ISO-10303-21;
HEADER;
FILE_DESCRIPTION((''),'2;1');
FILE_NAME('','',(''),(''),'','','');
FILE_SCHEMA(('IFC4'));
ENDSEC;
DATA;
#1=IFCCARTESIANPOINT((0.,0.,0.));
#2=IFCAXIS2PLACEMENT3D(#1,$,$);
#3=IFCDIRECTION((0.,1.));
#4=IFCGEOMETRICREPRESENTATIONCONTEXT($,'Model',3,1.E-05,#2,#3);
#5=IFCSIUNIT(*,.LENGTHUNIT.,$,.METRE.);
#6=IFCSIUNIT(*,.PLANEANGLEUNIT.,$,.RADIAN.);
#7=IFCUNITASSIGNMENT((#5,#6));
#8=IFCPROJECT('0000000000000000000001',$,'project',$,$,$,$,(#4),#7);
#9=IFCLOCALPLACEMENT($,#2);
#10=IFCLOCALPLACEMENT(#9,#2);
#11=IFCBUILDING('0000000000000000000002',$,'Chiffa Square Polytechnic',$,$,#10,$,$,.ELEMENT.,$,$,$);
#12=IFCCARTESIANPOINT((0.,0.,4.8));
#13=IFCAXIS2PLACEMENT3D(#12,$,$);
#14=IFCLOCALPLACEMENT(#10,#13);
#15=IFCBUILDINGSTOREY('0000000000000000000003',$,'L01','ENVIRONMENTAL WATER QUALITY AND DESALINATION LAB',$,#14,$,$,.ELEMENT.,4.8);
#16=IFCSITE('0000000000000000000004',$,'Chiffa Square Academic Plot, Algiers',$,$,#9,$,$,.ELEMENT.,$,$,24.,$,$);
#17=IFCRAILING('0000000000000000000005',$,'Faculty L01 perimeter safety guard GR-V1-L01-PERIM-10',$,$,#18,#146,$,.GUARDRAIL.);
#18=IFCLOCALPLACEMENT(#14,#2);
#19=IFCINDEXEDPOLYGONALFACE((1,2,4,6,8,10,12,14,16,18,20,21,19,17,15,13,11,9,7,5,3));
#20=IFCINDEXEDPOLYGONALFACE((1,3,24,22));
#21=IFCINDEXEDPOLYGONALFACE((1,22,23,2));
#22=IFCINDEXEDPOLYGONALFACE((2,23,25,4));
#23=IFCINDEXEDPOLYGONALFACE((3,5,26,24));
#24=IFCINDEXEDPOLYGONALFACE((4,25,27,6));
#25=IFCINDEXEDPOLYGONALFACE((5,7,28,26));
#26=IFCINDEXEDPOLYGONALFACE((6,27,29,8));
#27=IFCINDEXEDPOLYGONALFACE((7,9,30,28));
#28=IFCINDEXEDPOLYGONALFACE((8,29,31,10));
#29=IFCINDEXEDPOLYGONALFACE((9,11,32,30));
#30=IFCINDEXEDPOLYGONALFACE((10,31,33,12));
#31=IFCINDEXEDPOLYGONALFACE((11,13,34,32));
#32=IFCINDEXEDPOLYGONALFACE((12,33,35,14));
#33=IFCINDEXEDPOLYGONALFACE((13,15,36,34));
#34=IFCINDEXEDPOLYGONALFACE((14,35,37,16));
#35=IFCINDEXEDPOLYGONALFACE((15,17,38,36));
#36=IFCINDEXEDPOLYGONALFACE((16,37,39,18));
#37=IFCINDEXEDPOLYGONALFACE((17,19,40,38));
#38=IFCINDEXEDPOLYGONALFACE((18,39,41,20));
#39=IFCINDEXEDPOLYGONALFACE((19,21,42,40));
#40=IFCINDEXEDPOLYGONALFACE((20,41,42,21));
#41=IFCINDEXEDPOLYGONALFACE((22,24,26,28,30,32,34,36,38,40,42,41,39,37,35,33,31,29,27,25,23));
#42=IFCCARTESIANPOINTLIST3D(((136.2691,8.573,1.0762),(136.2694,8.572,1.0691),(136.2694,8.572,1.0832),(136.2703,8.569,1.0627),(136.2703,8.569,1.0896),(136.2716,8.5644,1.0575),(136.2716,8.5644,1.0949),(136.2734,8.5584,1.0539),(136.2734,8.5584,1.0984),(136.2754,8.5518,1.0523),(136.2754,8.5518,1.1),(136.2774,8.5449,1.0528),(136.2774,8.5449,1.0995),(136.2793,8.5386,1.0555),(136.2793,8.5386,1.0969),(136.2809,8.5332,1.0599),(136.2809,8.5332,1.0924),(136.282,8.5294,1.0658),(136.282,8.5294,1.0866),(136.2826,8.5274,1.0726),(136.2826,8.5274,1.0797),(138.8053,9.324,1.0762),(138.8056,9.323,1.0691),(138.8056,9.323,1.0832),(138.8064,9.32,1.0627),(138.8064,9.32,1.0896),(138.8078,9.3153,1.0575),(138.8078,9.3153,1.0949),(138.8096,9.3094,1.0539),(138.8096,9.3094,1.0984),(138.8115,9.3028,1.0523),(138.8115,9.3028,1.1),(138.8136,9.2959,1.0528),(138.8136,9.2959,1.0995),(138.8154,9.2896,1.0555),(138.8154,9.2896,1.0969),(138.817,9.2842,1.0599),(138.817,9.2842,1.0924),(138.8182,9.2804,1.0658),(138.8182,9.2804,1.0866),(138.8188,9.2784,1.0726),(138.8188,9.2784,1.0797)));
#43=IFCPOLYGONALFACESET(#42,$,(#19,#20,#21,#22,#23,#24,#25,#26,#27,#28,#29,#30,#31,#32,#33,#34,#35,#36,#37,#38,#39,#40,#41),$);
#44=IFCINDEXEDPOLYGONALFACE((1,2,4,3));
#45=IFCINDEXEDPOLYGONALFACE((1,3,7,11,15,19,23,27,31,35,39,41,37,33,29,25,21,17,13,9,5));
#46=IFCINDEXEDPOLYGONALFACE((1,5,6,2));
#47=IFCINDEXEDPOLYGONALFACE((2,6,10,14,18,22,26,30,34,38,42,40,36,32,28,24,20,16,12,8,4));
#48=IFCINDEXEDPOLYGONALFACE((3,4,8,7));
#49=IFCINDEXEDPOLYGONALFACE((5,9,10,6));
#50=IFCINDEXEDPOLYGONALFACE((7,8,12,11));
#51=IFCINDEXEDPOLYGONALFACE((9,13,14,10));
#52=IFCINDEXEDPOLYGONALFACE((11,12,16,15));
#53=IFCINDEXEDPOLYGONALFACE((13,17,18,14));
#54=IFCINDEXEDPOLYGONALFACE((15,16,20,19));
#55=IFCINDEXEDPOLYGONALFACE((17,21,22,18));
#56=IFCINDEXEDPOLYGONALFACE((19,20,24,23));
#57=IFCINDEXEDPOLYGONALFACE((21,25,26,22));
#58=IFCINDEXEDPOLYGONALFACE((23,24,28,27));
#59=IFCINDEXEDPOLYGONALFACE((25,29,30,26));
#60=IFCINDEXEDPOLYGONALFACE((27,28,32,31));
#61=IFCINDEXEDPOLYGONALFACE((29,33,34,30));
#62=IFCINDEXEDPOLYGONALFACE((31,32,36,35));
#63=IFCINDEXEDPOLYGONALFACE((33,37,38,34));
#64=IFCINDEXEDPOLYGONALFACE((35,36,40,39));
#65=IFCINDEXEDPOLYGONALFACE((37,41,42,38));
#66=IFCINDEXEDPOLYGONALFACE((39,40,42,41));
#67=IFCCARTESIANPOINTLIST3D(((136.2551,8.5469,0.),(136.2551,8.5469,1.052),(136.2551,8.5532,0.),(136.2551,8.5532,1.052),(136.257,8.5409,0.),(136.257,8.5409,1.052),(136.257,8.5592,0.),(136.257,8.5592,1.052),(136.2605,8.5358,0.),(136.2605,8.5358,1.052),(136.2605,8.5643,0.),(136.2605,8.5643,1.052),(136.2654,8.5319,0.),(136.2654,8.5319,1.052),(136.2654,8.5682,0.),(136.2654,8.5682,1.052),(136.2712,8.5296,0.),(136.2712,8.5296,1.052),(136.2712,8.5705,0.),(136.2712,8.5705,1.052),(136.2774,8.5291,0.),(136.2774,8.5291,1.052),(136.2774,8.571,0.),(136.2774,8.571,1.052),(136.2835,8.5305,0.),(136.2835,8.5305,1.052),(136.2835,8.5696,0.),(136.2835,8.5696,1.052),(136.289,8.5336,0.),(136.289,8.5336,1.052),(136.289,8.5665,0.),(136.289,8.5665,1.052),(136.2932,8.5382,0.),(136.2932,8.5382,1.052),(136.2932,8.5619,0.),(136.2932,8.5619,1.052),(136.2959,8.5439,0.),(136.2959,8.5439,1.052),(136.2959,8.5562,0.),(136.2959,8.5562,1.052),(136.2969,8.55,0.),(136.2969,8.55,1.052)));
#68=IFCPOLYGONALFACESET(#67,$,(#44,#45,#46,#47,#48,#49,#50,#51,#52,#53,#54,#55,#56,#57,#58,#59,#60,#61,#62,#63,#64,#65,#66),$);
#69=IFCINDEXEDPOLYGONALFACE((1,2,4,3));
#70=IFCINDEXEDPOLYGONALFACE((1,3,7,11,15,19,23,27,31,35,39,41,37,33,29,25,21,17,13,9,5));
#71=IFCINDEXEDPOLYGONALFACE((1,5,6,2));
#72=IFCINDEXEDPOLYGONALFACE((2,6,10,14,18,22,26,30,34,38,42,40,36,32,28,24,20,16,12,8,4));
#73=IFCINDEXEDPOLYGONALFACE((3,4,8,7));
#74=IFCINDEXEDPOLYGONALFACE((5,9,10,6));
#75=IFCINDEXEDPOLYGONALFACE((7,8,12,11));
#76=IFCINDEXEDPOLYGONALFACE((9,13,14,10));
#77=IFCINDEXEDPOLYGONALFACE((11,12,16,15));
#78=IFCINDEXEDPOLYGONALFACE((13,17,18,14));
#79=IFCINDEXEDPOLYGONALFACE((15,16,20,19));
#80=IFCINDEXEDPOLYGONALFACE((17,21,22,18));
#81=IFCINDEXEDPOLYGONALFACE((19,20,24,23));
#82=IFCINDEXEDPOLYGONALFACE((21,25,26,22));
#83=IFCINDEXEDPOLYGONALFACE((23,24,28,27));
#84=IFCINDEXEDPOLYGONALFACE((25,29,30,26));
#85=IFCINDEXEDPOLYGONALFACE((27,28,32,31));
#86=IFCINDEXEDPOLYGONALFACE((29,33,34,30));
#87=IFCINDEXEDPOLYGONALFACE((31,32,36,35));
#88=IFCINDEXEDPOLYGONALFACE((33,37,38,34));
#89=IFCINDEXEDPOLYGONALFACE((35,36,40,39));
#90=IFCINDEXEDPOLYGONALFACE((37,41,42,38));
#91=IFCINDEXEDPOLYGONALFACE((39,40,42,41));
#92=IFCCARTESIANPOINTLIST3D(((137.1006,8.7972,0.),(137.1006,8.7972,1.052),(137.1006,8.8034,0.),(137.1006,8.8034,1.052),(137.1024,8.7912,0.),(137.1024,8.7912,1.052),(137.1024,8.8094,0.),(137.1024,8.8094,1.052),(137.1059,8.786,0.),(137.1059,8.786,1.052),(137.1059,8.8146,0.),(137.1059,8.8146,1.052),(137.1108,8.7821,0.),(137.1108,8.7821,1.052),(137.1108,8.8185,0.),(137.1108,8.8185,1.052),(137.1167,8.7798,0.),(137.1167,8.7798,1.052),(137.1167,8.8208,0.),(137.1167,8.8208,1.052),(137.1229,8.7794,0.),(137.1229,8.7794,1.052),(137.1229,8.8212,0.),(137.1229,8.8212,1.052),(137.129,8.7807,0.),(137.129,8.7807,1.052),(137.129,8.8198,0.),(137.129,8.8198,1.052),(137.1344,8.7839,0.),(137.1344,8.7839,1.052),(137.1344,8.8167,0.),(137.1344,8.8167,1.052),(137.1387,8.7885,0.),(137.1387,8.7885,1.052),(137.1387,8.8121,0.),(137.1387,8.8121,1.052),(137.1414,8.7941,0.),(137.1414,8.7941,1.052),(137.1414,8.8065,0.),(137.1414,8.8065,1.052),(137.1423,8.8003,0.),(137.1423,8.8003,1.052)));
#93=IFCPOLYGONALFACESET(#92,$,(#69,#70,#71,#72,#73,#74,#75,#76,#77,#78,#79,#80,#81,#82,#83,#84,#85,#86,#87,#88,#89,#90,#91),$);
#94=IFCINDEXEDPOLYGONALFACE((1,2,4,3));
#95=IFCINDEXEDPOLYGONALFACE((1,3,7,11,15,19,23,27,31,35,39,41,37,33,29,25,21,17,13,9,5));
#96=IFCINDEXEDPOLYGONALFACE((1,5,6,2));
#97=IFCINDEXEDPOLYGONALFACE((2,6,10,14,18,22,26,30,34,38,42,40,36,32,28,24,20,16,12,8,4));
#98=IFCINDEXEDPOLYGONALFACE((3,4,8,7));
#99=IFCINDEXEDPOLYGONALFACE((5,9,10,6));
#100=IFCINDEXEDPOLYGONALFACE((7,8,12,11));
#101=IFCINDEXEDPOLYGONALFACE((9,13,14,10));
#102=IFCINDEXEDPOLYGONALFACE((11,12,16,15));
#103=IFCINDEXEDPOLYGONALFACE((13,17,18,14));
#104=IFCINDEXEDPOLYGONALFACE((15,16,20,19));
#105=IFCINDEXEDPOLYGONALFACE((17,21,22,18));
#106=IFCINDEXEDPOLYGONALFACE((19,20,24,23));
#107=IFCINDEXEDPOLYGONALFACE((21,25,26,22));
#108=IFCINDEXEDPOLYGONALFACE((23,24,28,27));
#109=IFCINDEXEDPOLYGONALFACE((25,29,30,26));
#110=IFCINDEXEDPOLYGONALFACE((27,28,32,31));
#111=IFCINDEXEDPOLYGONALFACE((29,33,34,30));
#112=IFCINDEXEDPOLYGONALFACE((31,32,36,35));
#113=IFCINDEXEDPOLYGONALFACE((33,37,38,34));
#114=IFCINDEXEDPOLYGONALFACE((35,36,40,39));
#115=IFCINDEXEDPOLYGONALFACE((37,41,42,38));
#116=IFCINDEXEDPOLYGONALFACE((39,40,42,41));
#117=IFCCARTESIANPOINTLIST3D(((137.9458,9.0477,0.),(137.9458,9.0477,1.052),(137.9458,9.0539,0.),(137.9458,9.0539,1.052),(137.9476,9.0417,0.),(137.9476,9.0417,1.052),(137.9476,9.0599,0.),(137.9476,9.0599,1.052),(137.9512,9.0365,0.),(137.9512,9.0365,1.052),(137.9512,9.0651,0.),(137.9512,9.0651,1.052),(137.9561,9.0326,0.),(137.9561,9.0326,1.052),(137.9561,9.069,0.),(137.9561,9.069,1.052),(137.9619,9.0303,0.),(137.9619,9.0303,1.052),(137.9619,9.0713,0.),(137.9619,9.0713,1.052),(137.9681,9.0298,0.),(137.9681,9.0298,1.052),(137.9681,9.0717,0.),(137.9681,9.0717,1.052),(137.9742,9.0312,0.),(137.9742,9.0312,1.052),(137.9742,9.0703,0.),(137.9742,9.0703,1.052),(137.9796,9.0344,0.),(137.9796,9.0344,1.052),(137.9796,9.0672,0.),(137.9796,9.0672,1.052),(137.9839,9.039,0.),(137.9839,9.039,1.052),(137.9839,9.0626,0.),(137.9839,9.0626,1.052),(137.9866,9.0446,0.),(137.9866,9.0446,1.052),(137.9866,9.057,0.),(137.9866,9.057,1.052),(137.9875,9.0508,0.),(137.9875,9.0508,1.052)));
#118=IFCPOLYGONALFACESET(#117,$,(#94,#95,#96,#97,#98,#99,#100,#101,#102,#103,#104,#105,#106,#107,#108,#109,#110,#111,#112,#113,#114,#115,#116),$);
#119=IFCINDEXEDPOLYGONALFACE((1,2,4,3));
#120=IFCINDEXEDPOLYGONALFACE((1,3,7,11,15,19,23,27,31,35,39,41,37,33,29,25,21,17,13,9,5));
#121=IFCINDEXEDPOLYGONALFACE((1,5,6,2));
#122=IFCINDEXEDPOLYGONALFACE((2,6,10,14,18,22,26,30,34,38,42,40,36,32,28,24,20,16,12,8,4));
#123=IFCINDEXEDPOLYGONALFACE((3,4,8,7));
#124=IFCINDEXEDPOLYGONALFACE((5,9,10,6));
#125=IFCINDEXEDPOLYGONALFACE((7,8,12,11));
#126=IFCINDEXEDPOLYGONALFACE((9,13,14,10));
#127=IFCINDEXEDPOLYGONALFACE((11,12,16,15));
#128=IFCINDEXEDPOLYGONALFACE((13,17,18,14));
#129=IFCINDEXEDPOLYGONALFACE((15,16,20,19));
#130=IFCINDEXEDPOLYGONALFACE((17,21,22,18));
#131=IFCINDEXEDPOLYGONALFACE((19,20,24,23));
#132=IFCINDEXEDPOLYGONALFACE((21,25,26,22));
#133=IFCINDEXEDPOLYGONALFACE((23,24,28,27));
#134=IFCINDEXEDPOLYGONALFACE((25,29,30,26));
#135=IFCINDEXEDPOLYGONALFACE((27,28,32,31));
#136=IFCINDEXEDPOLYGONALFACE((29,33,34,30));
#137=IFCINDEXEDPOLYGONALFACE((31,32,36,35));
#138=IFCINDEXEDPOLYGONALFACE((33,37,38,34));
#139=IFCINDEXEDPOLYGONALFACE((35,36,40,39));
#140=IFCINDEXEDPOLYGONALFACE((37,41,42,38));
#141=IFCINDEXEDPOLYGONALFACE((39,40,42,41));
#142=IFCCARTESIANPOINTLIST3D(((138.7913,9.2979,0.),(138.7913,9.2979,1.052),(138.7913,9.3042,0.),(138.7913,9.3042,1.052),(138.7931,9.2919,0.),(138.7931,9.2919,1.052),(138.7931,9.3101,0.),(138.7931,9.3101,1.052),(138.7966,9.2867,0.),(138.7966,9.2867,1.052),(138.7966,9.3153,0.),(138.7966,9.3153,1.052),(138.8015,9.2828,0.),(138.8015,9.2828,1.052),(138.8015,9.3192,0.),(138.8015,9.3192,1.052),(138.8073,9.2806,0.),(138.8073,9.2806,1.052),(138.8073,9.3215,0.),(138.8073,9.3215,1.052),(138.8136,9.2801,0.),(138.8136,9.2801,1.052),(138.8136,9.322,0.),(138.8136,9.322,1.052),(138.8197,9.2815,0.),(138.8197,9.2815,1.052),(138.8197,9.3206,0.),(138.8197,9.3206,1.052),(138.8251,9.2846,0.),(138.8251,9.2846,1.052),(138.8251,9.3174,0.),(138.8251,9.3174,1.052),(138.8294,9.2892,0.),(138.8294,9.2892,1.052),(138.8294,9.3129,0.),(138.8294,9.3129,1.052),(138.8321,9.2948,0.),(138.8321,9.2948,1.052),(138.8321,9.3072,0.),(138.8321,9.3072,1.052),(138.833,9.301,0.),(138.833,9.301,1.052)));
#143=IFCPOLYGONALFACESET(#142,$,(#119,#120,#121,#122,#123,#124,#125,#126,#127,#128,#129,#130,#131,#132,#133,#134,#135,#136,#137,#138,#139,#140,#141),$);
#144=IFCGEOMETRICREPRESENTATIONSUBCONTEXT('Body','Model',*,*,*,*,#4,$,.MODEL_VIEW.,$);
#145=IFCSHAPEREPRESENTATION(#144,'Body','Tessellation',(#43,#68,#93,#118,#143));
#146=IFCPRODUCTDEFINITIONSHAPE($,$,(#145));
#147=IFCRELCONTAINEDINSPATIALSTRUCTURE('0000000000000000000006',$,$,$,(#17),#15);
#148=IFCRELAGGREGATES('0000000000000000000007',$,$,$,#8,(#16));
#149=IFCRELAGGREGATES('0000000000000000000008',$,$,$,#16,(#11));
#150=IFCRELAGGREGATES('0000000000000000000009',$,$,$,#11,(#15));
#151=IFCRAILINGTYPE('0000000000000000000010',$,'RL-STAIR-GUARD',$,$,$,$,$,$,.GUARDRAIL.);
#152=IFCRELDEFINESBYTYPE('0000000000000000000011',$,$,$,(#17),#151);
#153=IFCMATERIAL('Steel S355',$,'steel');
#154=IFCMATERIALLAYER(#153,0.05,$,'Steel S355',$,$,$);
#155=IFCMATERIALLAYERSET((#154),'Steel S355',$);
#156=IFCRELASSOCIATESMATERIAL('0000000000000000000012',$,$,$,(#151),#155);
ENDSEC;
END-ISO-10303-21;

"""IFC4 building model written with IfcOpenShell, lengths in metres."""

from ifc_helpers import new_model, si_unit, direction, frame, origin, origin_2d, place, context, subcontext, project, spatial, circle, extrude, material, layer, layer_set, type_object, element, save


model = new_model("IFC4")

# Units and contexts
model_context = context("Model", 3, precision=1e-05, world=origin(), true_north=direction((0.0, 1.0)))
body_context = subcontext(model_context, "Body", "Model", "MODEL_VIEW")
ifc_project = project(units=[si_unit("LENGTHUNIT", "METRE"), si_unit("PLANEANGLEUNIT", "RADIAN")], contexts=[model_context])

# Site, building, storey
site_placement = place(None, origin())
site = spatial("IfcSite", under=ifc_project, at=site_placement, Name="Chiffa Square Academic Plot, Algiers", CompositionType="ELEMENT", RefElevation=24.0)
building_placement = place(site_placement, origin())
building = spatial("IfcBuilding", under=site, at=building_placement, Name="Chiffa Square Polytechnic", CompositionType="ELEMENT")
storey_placement = place(building_placement, frame((0.0, 0.0, 4.8)))
storey = spatial("IfcBuildingStorey", under=building, at=storey_placement, Name="L01", Description="ENVIRONMENTAL WATER QUALITY AND DESALINATION LAB", CompositionType="ELEMENT", Elevation=4.8)

# Shared definitions
ifc_material_1 = material(Name="Steel S355", Category="steel")

# Railing
ifc_layer_1 = layer(ifc_material_1, 0.05, Name="Steel S355")
ifc_layer_set_1 = layer_set([ifc_layer_1], Name="Steel S355")
railing_type = type_object("IfcRailingType", Name="RL-STAIR-GUARD", PredefinedType="GUARDRAIL", material=ifc_layer_set_1)
railing_1_placement = place(storey_placement, frame((136.2759, 8.55, 0.0)))
element("IfcRailing", 1, at=railing_1_placement, inside=storey, type_object=railing_type, Name="Faculty L01 perimeter safety guard GR-V1-L01-PERIM-10", PredefinedType="GUARDRAIL", context=body_context, shape_type="SweptSolid", body=[
    extrude(circle(Radius=0.0239, at=origin_2d()), frame((0.0, 0.0, 1.0762), z_axis=(0.958847, 0.283925, 0.0), x_axis=(-0.283925, 0.958847, 0.0)), (0.0, 0.0, 1.0), 2.645),
    extrude(circle(Radius=0.021, at=origin_2d()), origin(), (0.0, 0.0, 1.0), 1.052),
    extrude(circle(Radius=0.021, at=origin_2d()), frame((0.8455, 0.2502, 0.0)), (0.0, 0.0, 1.0), 1.052),
    extrude(circle(Radius=0.021, at=origin_2d()), frame((1.6907, 0.5007, 0.0)), (0.0, 0.0, 1.0), 1.052),
    extrude(circle(Radius=0.021, at=origin_2d()), frame((2.5361, 0.751, 0.0)), (0.0, 0.0, 1.0), 1.052),
])

save(model, "model.ifc")
